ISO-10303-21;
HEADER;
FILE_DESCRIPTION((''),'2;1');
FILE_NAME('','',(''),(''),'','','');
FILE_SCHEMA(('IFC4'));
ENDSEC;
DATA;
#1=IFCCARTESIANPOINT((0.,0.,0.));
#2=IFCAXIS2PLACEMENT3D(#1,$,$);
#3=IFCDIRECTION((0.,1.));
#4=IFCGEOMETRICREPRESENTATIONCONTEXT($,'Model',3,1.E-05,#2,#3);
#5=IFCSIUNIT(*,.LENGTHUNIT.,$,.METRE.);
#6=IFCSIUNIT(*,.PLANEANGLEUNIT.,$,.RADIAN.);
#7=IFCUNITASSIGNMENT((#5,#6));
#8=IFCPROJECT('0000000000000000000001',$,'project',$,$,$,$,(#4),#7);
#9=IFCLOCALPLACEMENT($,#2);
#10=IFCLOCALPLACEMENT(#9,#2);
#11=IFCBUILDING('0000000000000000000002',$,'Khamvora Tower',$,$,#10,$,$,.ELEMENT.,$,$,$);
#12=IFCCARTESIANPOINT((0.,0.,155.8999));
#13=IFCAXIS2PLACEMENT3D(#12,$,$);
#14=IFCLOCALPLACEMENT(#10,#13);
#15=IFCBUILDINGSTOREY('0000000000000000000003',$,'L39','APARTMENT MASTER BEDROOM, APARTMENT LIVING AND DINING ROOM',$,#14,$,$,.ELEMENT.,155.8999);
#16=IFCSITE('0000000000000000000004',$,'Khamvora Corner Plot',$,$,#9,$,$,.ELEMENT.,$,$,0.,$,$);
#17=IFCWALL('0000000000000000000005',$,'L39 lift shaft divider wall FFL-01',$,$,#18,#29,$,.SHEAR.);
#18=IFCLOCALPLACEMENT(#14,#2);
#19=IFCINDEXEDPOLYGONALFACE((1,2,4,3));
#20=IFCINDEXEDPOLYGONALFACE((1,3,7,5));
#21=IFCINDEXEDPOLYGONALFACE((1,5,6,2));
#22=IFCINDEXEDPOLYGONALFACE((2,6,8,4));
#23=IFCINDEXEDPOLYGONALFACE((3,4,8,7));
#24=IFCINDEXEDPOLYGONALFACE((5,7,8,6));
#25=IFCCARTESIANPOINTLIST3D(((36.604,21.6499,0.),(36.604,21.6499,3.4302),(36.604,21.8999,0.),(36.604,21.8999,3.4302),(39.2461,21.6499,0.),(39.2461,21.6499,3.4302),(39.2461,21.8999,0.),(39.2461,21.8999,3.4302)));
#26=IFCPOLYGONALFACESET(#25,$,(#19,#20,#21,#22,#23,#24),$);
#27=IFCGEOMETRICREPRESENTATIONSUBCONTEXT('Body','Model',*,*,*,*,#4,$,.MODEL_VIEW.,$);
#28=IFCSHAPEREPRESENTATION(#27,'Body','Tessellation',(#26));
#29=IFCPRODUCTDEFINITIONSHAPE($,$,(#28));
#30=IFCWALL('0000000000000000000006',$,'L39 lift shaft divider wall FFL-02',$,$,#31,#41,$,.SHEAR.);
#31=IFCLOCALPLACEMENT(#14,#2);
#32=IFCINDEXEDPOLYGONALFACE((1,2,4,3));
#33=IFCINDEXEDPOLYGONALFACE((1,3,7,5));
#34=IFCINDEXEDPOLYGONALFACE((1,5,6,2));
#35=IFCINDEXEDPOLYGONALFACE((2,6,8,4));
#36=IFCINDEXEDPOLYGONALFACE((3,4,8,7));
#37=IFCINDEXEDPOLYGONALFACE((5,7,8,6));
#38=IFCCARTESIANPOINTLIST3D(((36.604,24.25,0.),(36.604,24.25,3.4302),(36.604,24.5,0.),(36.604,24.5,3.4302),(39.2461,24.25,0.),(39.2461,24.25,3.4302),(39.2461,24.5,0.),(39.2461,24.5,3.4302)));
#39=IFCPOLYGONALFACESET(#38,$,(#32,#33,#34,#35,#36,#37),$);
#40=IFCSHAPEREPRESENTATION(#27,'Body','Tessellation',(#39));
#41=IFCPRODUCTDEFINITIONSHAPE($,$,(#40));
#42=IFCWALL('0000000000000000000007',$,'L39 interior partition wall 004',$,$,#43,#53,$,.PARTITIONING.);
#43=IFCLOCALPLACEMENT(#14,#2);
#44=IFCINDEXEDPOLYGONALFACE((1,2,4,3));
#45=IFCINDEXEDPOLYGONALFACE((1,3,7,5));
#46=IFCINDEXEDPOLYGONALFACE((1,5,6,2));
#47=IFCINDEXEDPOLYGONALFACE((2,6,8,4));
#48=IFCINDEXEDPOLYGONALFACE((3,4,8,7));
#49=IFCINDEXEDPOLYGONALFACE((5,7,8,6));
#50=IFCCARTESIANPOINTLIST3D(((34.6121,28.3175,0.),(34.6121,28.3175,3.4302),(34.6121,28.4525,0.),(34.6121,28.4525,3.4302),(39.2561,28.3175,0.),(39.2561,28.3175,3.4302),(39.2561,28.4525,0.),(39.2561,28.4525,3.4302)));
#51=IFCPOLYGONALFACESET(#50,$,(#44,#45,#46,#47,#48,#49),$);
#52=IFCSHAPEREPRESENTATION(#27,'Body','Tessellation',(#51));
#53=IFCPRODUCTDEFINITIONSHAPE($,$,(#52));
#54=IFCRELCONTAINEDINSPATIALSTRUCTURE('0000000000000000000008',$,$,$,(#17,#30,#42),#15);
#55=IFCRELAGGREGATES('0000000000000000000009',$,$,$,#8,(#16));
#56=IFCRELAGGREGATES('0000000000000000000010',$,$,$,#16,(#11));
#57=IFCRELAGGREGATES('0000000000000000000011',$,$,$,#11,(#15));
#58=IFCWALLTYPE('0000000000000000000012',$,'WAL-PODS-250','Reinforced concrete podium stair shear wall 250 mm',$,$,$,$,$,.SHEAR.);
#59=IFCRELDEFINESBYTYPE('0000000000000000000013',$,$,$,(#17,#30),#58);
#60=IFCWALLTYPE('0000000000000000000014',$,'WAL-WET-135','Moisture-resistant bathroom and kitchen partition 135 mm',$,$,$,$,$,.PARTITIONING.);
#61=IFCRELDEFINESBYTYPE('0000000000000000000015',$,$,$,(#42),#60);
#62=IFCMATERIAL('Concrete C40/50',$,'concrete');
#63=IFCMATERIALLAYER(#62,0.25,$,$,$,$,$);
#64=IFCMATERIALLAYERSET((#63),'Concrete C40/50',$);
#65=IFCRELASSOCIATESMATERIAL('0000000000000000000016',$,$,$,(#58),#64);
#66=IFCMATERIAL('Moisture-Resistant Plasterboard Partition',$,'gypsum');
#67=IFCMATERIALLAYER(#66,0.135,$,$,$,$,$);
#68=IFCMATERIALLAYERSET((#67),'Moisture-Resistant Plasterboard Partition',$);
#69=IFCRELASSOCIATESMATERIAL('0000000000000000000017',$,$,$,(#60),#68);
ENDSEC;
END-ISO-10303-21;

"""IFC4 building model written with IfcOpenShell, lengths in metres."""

from ifc_helpers import new_model, si_unit, direction, frame, frame_2d, origin, place, context, subcontext, project, spatial, rectangle, extrude, material, layer, layer_set, type_object, element, save


model = new_model("IFC4")

# Units and contexts
model_context = context("Model", 3, precision=1e-05, world=origin(), true_north=direction((0.0, 1.0)))
body_context = subcontext(model_context, "Body", "Model", "MODEL_VIEW")
ifc_project = project(units=[si_unit("LENGTHUNIT", "METRE"), si_unit("PLANEANGLEUNIT", "RADIAN")], contexts=[model_context])

# Site, building, storey
site_placement = place(None, origin())
site = spatial("IfcSite", under=ifc_project, at=site_placement, Name="Khamvora Corner Plot", CompositionType="ELEMENT", RefElevation=0.0)
building_placement = place(site_placement, origin())
building = spatial("IfcBuilding", under=site, at=building_placement, Name="Khamvora Tower", CompositionType="ELEMENT")
storey_placement = place(building_placement, frame((0.0, 0.0, 155.8999)))
storey = spatial("IfcBuildingStorey", under=building, at=storey_placement, Name="L39", Description="APARTMENT MASTER BEDROOM, APARTMENT LIVING AND DINING ROOM", CompositionType="ELEMENT", Elevation=155.8999)

# Walls
ifc_material_1 = material(Name="Concrete C40/50", Category="concrete")
ifc_layer_1 = layer(ifc_material_1, 0.25)
ifc_layer_set_1 = layer_set([ifc_layer_1], Name="Concrete C40/50")
wall_type_1 = type_object("IfcWallType", Name="WAL-PODS-250", Description="Reinforced concrete podium stair shear wall 250 mm", PredefinedType="SHEAR", material=ifc_layer_set_1)
for number, where, z_axis, x_axis, name in (
    (1, (36.604, 21.7749, 0.0), (0.0, 0.0, 1.0), (1.0, 0.0, 0.0), "L39 lift shaft divider wall FFL-01"),
    (2, (36.604, 24.375, 0.0), (0.0, 0.0, 1.0), (1.0, 0.0, 0.0), "L39 lift shaft divider wall FFL-02"),
):
    element("IfcWall", number, at=place(storey_placement, frame(where, z_axis=z_axis, x_axis=x_axis)), inside=storey, type_object=wall_type_1, Name=name, PredefinedType="SHEAR", context=body_context, shape_type="SweptSolid", body=[
        extrude(rectangle(XDim=2.6421, YDim=0.25, at=frame_2d((1.321, 0.0))), origin(), (0.0, 0.0, 1.0), 3.4302),
    ])
ifc_material_2 = material(Name="Moisture-Resistant Plasterboard Partition", Category="gypsum")
ifc_layer_2 = layer(ifc_material_2, 0.135)
ifc_layer_set_2 = layer_set([ifc_layer_2], Name="Moisture-Resistant Plasterboard Partition")
wall_type_2 = type_object("IfcWallType", Name="WAL-WET-135", Description="Moisture-resistant bathroom and kitchen partition 135 mm", PredefinedType="PARTITIONING", material=ifc_layer_set_2)
wall_1_placement = place(storey_placement, frame((39.2561, 28.385, 0.0), z_axis=(0.0, 0.0, 1.0), x_axis=(-1.0, 0.0, 0.0)))
element("IfcWall", 3, at=wall_1_placement, inside=storey, type_object=wall_type_2, Name="L39 interior partition wall 004", PredefinedType="PARTITIONING", context=body_context, shape_type="SweptSolid", body=[
    extrude(rectangle(XDim=4.644, YDim=0.135, at=frame_2d((2.322, 0.0))), origin(), (0.0, 0.0, 1.0), 3.4302),
])

save(model, "model.ifc")
